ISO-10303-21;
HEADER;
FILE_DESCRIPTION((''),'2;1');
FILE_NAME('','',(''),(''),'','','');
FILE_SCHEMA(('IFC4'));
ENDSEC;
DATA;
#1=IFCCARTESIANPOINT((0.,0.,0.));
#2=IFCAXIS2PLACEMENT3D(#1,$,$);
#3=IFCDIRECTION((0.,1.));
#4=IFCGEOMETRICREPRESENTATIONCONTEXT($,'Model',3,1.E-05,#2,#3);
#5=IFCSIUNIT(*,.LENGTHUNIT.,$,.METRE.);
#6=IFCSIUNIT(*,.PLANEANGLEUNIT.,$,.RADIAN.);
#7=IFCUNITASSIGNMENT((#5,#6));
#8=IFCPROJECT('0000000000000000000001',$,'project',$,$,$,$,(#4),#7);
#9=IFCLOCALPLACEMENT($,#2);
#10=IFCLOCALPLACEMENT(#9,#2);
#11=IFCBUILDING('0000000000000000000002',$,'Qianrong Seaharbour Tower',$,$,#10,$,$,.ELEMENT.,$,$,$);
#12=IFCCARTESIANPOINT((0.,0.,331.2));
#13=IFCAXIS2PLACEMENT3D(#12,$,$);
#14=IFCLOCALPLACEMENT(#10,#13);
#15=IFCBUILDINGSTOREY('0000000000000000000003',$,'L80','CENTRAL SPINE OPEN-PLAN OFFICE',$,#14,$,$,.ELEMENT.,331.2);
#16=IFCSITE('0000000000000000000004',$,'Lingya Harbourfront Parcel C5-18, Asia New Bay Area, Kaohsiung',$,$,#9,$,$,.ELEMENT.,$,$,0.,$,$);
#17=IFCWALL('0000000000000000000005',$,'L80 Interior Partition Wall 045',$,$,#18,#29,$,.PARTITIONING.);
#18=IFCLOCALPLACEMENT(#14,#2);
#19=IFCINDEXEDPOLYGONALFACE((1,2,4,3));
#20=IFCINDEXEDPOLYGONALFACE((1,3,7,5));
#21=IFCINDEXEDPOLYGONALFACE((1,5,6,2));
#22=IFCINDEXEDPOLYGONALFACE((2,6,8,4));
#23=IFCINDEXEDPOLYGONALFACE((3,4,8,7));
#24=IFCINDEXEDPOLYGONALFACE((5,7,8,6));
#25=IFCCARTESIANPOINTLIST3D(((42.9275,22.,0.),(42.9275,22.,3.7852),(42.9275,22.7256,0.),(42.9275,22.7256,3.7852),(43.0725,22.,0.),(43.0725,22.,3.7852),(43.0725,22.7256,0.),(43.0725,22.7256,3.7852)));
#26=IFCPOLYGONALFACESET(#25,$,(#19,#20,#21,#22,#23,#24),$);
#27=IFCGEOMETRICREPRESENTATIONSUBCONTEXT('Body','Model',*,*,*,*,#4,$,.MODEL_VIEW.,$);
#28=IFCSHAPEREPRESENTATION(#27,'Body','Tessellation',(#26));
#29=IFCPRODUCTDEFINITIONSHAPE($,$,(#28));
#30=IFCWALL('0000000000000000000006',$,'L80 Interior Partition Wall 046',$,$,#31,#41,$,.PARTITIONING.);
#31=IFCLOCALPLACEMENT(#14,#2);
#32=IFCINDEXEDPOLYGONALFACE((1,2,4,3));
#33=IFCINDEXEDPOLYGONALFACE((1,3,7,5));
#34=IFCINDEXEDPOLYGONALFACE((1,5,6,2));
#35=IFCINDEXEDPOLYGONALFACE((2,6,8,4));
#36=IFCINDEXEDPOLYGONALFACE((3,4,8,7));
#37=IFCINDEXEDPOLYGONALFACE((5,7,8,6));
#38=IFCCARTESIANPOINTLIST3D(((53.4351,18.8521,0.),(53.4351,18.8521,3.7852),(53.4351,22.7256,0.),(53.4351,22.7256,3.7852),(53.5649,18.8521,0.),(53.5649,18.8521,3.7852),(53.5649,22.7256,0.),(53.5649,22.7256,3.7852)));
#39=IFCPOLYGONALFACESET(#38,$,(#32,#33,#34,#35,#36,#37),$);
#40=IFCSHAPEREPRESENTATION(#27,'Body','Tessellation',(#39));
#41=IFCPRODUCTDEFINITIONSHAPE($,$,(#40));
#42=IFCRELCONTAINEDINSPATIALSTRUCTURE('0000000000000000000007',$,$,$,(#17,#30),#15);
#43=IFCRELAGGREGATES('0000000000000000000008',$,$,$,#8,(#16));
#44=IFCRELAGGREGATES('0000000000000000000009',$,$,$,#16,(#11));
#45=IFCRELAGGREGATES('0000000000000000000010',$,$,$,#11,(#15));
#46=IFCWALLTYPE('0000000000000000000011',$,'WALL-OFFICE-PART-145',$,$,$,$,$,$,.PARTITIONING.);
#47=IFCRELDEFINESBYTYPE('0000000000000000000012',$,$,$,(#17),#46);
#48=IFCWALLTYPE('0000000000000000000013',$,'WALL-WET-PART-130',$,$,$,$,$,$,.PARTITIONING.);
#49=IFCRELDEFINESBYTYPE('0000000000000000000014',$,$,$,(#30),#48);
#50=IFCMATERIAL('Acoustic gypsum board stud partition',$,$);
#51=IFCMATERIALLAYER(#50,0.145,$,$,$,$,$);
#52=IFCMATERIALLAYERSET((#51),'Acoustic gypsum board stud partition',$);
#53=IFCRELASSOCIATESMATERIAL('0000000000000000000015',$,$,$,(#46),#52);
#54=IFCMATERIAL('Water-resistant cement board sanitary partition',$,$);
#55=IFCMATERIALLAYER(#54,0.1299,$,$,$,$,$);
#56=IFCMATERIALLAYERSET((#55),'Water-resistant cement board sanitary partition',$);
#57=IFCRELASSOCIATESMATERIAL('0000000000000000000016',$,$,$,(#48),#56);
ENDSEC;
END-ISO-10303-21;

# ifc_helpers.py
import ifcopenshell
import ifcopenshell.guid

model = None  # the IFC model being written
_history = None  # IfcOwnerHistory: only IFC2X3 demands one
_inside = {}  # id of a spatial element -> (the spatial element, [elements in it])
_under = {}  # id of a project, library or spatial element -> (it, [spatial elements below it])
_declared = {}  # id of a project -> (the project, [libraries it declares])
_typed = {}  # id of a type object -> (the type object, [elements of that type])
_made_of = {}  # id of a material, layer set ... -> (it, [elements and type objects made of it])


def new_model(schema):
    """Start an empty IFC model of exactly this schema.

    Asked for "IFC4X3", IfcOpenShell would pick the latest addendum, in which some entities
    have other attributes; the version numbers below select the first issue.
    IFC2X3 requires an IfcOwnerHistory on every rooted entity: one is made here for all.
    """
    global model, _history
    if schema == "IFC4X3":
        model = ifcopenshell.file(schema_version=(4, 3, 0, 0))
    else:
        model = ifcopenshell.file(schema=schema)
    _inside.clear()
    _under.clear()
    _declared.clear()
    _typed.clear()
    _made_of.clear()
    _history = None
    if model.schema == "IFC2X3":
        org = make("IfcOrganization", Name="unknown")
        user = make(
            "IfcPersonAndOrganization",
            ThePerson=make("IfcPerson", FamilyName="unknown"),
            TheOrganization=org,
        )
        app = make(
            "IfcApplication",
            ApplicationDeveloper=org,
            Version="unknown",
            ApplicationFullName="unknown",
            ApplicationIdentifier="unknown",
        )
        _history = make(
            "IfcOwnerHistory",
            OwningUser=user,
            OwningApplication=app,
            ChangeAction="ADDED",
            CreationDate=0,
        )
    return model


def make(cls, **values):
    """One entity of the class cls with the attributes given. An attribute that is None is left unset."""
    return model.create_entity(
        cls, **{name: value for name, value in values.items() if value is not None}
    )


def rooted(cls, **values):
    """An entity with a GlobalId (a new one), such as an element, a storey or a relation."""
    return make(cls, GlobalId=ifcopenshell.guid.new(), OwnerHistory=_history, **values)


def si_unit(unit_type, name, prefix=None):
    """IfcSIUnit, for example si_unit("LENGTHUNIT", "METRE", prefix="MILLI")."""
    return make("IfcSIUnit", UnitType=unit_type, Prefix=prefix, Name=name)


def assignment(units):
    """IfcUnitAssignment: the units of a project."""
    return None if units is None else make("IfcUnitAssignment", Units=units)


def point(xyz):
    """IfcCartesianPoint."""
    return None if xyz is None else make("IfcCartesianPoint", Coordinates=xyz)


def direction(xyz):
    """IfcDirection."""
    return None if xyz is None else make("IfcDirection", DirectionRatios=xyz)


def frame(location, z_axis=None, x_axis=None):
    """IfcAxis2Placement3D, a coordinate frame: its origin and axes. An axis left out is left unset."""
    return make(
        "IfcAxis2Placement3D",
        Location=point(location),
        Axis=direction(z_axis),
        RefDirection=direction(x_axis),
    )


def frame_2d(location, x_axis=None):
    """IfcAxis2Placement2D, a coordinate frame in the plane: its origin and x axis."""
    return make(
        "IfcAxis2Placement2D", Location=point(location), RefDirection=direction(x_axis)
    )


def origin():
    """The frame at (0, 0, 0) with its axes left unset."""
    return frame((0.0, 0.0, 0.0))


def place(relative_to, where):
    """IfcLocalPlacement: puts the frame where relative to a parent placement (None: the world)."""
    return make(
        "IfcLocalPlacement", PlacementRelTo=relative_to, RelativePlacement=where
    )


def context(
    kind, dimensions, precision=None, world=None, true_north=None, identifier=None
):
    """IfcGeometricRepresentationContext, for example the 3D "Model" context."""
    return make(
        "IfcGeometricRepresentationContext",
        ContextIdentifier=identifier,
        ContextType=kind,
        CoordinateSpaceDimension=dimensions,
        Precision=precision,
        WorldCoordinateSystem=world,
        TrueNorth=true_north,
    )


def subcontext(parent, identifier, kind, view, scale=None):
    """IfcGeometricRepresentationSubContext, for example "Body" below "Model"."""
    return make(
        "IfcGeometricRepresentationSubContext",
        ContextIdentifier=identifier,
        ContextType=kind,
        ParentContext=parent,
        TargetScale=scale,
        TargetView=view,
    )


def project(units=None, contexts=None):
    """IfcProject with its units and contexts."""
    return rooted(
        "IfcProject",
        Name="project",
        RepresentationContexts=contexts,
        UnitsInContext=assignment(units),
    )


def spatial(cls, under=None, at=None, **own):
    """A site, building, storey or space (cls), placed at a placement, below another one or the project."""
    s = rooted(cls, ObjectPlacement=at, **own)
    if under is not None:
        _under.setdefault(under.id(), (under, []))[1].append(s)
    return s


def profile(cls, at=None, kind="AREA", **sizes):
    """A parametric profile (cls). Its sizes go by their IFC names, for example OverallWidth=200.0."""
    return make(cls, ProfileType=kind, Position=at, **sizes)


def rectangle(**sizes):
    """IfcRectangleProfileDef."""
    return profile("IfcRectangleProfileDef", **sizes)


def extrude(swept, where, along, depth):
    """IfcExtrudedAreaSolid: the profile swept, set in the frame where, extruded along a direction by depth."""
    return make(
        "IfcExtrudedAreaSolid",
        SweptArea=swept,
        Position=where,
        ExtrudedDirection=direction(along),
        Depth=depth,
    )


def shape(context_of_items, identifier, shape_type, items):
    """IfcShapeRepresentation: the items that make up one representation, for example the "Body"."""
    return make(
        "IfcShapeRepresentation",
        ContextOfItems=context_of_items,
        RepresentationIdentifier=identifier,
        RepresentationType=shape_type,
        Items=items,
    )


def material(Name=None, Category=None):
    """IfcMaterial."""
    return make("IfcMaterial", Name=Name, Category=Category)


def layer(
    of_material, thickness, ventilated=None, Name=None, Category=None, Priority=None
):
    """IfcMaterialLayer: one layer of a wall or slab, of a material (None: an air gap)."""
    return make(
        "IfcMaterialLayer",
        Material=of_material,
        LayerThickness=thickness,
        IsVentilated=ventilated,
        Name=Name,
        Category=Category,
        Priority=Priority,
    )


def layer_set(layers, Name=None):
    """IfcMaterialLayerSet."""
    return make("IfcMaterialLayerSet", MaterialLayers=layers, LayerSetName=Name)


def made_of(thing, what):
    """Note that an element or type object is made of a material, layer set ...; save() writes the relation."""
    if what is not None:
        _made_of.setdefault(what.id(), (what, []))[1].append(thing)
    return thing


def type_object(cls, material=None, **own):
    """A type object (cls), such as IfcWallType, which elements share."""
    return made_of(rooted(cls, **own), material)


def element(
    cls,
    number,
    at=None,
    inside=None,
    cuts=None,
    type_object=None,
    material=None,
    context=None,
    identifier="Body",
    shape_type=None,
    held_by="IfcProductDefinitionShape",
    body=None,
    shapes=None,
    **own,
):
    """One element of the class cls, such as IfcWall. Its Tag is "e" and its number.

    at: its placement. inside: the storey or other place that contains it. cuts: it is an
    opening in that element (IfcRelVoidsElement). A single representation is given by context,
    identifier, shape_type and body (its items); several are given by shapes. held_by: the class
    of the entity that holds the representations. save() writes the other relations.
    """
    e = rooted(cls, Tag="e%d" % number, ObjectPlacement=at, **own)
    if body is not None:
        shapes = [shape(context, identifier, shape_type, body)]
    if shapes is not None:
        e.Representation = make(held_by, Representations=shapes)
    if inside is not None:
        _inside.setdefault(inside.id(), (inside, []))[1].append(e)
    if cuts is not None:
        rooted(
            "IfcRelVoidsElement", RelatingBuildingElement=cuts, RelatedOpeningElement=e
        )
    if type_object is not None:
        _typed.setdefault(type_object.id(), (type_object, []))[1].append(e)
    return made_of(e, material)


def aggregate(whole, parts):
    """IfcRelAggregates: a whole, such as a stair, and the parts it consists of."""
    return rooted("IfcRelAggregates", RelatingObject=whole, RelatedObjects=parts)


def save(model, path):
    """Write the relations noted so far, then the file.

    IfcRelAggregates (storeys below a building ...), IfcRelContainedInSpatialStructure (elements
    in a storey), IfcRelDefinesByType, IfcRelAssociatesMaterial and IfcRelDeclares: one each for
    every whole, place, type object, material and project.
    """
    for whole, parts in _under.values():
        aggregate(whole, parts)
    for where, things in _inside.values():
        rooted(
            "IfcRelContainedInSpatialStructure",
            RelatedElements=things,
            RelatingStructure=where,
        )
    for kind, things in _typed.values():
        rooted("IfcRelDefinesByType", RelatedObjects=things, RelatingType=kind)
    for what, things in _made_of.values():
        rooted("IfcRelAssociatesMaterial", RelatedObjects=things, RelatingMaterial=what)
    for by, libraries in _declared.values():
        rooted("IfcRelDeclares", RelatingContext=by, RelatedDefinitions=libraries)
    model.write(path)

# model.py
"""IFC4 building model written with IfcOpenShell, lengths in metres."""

from ifc_helpers import new_model, si_unit, direction, frame, frame_2d, origin, place, context, subcontext, project, spatial, rectangle, extrude, material, layer, layer_set, type_object, element, save


model = new_model("IFC4")

# Units and contexts
model_context = context("Model", 3, precision=1e-05, world=origin(), true_north=direction((0.0, 1.0)))
body_context = subcontext(model_context, "Body", "Model", "MODEL_VIEW")
ifc_project = project(units=[si_unit("LENGTHUNIT", "METRE"), si_unit("PLANEANGLEUNIT", "RADIAN")], contexts=[model_context])

# Site, building, storey
site_placement = place(None, origin())
site = spatial("IfcSite", under=ifc_project, at=site_placement, Name="Lingya Harbourfront Parcel C5-18, Asia New Bay Area, Kaohsiung", CompositionType="ELEMENT", RefElevation=0.0)
building_placement = place(site_placement, origin())
building = spatial("IfcBuilding", under=site, at=building_placement, Name="Qianrong Seaharbour Tower", CompositionType="ELEMENT")
storey_placement = place(building_placement, frame((0.0, 0.0, 331.2)))
storey = spatial("IfcBuildingStorey", under=building, at=storey_placement, Name="L80", Description="CENTRAL SPINE OPEN-PLAN OFFICE", CompositionType="ELEMENT", Elevation=331.2)

# Walls
ifc_material_1 = material(Name="Acoustic gypsum board stud partition")
ifc_layer_1 = layer(ifc_material_1, 0.145)
ifc_layer_set_1 = layer_set([ifc_layer_1], Name="Acoustic gypsum board stud partition")
wall_type_1 = type_object("IfcWallType", Name="WALL-OFFICE-PART-145", PredefinedType="PARTITIONING", material=ifc_layer_set_1)
wall_1_placement = place(storey_placement, frame((43.0, 22.7256, 0.0), z_axis=(0.0, 0.0, 1.0), x_axis=(0.0, -1.0, 0.0)))
element("IfcWall", 1, at=wall_1_placement, inside=storey, type_object=wall_type_1, Name="L80 Interior Partition Wall 045", PredefinedType="PARTITIONING", context=body_context, shape_type="SweptSolid", body=[
    extrude(rectangle(XDim=0.7256, YDim=0.145, at=frame_2d((0.3628, 0.0))), origin(), (0.0, 0.0, 1.0), 3.7852),
])
ifc_material_2 = material(Name="Water-resistant cement board sanitary partition")
ifc_layer_2 = layer(ifc_material_2, 0.1299)
ifc_layer_set_2 = layer_set([ifc_layer_2], Name="Water-resistant cement board sanitary partition")
wall_type_2 = type_object("IfcWallType", Name="WALL-WET-PART-130", PredefinedType="PARTITIONING", material=ifc_layer_set_2)
wall_2_placement = place(storey_placement, frame((53.5, 22.7256, 0.0), z_axis=(0.0, 0.0, 1.0), x_axis=(0.0, -1.0, 0.0)))
element("IfcWall", 2, at=wall_2_placement, inside=storey, type_object=wall_type_2, Name="L80 Interior Partition Wall 046", PredefinedType="PARTITIONING", context=body_context, shape_type="SweptSolid", body=[
    extrude(rectangle(XDim=3.8735, YDim=0.1299, at=frame_2d((1.9368, 0.0))), origin(), (0.0, 0.0, 1.0), 3.7852),
])

save(model, "model.ifc")
